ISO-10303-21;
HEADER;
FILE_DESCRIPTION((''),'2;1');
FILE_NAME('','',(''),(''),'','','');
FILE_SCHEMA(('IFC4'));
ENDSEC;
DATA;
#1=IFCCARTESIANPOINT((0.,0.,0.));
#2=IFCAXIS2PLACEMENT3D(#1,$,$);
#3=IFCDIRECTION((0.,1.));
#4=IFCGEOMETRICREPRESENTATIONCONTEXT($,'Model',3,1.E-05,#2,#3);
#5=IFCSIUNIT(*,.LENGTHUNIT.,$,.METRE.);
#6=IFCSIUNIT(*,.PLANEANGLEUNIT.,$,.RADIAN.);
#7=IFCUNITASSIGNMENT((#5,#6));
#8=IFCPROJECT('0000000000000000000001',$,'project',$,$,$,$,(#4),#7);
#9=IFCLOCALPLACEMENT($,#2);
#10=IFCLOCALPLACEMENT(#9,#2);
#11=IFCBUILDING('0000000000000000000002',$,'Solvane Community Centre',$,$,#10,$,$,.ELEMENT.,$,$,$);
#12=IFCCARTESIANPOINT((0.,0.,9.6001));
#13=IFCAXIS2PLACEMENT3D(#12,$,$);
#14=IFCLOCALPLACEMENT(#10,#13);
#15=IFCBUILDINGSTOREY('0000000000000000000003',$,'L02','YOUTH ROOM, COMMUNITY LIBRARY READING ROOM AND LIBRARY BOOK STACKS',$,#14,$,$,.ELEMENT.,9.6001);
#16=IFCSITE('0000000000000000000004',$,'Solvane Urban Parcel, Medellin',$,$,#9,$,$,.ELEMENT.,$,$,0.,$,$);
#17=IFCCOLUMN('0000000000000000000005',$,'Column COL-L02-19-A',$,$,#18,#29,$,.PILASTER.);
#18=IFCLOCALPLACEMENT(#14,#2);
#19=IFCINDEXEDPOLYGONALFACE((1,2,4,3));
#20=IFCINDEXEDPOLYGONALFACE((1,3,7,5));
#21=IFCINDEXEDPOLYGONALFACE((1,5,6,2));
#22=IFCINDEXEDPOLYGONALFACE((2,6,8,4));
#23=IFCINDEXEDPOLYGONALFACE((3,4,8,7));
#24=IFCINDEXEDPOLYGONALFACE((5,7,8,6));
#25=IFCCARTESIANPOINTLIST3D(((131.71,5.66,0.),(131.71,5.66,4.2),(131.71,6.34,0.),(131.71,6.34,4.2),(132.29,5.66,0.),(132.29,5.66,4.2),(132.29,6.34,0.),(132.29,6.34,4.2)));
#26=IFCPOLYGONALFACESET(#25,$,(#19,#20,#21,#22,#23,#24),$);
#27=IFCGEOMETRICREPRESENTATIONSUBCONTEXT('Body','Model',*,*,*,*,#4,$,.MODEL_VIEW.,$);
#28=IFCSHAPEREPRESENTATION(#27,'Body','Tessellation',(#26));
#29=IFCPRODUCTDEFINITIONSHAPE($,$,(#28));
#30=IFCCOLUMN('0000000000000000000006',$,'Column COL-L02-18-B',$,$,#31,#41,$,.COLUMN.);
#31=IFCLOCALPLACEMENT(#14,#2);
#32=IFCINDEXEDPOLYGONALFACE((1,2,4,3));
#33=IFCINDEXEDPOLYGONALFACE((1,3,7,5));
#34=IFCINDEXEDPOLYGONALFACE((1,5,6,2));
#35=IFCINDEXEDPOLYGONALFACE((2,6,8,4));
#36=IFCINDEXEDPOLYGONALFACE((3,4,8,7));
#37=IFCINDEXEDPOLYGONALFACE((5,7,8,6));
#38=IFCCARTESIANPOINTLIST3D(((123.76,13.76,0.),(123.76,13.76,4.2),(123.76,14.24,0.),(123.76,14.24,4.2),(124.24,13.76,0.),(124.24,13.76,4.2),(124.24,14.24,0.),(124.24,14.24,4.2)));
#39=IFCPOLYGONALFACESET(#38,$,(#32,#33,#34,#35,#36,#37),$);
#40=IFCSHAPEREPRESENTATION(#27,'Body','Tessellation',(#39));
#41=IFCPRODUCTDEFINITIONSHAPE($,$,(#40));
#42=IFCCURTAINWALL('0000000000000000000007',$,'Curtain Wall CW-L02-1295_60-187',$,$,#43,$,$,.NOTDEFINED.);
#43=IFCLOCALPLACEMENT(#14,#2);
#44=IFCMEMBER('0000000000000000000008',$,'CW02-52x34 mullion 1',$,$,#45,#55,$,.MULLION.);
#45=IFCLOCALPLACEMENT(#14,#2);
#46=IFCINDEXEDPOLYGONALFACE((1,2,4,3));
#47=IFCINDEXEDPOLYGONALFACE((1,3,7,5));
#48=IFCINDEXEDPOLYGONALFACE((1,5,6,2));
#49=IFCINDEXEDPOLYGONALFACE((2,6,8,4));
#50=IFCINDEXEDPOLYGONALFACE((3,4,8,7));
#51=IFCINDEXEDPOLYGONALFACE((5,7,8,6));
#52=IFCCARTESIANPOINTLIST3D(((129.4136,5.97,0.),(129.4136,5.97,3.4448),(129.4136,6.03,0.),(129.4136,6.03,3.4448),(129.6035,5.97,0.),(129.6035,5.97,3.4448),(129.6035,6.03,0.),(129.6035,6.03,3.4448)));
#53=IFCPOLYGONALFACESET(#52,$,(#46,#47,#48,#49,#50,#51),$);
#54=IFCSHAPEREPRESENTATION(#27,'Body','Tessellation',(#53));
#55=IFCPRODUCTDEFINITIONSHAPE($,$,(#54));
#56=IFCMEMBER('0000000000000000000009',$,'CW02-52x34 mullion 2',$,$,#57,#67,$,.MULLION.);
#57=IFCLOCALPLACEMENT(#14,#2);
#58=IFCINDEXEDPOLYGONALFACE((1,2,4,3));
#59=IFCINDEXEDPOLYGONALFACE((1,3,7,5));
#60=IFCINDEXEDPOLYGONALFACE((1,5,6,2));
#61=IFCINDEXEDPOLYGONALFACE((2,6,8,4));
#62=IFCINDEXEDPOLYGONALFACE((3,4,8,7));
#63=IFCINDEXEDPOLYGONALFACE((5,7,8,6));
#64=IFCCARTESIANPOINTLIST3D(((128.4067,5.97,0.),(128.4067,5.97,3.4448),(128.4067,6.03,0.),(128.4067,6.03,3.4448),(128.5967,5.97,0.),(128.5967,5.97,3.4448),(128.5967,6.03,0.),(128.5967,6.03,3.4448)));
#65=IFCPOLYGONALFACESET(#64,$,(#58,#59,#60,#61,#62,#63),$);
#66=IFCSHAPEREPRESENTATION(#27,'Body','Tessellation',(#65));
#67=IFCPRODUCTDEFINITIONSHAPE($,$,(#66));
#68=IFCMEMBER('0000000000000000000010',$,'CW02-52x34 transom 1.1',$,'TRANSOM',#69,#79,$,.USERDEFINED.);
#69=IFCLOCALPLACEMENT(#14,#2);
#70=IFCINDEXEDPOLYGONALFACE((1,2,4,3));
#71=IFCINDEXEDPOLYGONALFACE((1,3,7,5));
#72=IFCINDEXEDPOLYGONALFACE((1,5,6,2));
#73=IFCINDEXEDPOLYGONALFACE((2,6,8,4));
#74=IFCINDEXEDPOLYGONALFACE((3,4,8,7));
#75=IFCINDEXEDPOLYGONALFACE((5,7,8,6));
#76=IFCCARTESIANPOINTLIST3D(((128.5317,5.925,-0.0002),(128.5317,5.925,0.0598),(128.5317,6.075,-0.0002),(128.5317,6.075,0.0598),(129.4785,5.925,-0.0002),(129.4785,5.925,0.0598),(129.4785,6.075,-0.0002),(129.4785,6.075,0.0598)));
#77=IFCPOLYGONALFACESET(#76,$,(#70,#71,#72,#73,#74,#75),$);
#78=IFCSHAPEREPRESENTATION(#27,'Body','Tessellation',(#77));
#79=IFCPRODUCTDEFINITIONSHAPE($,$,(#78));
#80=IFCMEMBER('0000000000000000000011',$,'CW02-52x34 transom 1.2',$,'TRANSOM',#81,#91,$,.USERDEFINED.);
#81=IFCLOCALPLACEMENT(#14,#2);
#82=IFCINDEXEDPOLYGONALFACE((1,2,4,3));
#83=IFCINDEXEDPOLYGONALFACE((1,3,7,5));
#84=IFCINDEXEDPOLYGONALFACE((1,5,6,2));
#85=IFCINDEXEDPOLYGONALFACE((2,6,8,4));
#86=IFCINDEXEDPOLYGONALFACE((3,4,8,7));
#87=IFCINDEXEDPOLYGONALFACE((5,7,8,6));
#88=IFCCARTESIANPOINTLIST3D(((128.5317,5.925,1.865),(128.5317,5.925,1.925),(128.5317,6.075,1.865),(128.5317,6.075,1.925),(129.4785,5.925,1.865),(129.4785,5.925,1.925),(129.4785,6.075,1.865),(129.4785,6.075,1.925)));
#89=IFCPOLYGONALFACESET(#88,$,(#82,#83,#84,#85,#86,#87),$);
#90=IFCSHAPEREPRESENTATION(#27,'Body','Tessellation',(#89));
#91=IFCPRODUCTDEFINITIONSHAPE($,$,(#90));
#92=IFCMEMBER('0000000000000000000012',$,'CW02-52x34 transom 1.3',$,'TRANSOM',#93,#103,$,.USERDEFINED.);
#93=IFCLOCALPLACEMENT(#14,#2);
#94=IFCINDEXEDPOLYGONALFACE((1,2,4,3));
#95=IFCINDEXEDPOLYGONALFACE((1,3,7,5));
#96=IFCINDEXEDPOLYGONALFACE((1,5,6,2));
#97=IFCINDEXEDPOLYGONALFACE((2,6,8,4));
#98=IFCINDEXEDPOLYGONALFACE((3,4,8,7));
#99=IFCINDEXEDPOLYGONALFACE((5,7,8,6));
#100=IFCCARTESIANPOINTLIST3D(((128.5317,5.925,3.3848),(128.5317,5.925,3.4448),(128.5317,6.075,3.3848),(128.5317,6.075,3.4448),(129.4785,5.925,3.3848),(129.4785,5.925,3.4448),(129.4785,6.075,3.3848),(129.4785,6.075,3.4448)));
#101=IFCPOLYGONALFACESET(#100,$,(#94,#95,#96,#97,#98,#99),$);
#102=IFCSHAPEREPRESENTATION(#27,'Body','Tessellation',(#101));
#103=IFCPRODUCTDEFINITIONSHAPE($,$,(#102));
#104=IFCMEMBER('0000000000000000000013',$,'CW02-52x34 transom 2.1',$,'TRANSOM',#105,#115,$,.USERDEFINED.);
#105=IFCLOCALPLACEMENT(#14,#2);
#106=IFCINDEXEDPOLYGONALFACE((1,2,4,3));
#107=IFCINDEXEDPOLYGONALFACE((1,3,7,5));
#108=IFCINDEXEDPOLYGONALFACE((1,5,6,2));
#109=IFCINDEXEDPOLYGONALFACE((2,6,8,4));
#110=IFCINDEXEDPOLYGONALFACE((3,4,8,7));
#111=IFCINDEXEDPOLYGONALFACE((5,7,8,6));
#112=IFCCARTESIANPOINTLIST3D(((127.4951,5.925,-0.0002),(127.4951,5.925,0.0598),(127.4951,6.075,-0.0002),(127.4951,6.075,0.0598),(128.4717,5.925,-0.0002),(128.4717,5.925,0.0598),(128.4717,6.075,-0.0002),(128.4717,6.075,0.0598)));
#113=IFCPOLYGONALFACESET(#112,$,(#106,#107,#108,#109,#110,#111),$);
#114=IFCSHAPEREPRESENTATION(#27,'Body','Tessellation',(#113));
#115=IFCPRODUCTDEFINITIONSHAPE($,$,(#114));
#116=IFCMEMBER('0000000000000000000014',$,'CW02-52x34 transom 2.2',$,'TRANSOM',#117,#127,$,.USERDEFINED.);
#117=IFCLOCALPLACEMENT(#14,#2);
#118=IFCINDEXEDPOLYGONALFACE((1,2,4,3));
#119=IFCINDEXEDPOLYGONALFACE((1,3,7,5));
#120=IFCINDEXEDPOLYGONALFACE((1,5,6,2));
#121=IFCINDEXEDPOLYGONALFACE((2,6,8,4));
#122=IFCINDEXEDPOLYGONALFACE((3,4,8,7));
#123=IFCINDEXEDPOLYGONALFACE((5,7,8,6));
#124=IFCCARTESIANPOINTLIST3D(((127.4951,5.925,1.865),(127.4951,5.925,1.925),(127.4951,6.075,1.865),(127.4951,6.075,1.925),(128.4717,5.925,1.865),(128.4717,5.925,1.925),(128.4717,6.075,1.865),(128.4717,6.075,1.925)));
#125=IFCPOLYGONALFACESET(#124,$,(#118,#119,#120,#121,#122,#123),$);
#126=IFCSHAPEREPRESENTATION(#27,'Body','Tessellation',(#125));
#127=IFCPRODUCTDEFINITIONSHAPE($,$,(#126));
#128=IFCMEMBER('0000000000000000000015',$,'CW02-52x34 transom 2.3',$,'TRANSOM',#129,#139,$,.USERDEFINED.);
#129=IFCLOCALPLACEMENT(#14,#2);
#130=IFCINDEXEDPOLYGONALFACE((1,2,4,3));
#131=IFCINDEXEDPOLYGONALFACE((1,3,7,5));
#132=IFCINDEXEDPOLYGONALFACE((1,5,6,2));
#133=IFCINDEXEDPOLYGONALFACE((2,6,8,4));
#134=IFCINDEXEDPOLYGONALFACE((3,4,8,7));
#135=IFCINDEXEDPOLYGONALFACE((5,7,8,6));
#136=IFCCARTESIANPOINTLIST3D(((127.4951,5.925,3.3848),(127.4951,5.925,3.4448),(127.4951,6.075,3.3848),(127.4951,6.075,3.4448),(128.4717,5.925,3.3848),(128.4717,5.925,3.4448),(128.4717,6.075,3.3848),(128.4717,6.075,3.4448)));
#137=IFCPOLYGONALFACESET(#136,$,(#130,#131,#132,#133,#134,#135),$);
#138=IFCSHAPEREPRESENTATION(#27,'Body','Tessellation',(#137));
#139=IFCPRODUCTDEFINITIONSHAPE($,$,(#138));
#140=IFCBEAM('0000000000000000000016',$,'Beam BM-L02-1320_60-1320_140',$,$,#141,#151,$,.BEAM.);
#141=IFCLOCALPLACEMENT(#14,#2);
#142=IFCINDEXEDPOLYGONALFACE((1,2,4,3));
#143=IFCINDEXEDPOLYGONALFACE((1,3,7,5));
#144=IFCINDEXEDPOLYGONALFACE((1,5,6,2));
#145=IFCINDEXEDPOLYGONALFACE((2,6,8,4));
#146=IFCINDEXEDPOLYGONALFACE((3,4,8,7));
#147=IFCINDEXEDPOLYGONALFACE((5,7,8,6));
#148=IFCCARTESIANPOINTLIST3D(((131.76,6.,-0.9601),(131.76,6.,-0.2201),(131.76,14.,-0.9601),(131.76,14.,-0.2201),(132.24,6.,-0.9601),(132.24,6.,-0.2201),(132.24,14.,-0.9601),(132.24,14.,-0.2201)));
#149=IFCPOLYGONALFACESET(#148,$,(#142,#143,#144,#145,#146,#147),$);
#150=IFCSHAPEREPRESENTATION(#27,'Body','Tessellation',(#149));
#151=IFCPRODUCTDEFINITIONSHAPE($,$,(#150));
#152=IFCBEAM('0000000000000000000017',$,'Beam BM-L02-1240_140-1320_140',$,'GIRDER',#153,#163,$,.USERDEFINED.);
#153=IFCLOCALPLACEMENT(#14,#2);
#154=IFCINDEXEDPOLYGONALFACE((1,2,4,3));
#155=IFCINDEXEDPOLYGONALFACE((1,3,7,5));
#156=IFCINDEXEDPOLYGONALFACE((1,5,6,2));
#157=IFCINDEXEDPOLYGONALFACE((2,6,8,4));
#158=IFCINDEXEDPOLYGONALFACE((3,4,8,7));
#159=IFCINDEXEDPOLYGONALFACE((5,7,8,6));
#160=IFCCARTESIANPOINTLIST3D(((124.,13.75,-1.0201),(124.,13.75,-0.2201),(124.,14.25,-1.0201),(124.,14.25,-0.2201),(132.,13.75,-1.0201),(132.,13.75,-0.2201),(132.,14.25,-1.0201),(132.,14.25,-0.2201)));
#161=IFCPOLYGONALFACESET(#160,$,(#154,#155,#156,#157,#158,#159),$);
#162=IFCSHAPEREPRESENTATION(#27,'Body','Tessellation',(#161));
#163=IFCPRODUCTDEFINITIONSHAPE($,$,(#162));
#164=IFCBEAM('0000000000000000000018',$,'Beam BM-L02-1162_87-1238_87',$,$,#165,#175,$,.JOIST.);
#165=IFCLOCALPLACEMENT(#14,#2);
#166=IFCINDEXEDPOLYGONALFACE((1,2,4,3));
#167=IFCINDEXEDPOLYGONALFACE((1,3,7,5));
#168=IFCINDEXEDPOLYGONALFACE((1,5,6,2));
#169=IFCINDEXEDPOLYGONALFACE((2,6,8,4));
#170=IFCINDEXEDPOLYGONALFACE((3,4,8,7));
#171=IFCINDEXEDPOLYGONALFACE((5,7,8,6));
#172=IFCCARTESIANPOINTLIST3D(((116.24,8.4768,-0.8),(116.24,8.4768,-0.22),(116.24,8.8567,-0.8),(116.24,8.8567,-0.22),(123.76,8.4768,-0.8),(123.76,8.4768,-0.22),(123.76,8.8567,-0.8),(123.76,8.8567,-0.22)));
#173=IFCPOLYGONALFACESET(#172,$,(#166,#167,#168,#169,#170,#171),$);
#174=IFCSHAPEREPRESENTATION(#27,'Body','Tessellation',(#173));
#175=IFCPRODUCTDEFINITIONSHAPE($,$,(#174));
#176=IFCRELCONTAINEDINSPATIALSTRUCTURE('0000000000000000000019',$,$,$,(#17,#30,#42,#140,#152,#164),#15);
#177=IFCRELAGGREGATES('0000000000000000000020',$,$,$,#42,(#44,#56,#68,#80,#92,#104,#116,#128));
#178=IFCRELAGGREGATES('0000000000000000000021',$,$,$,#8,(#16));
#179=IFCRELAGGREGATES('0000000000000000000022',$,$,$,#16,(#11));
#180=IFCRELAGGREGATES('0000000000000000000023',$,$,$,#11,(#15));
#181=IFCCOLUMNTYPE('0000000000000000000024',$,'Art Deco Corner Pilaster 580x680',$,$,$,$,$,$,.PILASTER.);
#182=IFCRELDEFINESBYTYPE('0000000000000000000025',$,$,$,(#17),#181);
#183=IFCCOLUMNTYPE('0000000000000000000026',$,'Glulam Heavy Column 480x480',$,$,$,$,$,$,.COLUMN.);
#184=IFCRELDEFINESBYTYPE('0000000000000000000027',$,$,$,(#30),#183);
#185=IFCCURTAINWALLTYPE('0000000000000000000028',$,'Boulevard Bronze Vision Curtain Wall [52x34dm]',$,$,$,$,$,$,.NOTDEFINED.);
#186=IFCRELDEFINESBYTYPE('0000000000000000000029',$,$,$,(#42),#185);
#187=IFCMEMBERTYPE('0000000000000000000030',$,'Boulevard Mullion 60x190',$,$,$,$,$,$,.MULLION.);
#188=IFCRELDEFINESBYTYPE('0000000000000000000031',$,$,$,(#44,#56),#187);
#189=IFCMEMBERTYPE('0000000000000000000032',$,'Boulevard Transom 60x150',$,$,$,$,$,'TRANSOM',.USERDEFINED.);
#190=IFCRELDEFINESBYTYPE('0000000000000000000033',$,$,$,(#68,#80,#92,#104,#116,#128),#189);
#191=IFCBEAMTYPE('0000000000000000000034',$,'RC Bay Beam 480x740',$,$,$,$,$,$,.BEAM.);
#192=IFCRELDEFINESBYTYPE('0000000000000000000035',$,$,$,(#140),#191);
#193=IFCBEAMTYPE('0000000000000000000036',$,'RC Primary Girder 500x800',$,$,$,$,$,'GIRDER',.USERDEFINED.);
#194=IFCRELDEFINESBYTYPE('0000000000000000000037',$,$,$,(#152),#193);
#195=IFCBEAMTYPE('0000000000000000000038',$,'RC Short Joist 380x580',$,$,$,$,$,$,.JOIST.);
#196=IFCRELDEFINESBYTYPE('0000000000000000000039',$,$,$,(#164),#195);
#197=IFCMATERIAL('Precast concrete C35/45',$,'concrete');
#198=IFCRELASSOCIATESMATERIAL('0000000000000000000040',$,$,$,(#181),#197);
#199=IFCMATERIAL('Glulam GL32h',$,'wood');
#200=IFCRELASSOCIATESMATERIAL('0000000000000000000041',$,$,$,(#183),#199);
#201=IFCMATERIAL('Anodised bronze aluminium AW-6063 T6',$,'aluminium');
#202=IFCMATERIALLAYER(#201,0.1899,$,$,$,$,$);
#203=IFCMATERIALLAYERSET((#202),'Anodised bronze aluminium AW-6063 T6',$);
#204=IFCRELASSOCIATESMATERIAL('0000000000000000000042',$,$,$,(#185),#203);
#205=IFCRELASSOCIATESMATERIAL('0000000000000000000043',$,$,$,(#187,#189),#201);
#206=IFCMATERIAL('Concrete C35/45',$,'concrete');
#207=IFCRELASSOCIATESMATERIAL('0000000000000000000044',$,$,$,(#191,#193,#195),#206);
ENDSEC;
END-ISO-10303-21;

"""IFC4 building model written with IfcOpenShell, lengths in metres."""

from ifc_helpers import new_model, si_unit, direction, frame, origin, origin_2d, place, context, subcontext, project, spatial, rectangle, extrude, material, layer, layer_set, material_profile, profile_set, type_object, element, aggregate, save


model = new_model("IFC4")

# Units and contexts
model_context = context("Model", 3, precision=1e-05, world=origin(), true_north=direction((0.0, 1.0)))
body_context = subcontext(model_context, "Body", "Model", "MODEL_VIEW")
ifc_project = project(units=[si_unit("LENGTHUNIT", "METRE"), si_unit("PLANEANGLEUNIT", "RADIAN")], contexts=[model_context])

# Site, building, storey
site_placement = place(None, origin())
site = spatial("IfcSite", under=ifc_project, at=site_placement, Name="Solvane Urban Parcel, Medellin", CompositionType="ELEMENT", RefElevation=0.0)
building_placement = place(site_placement, origin())
building = spatial("IfcBuilding", under=site, at=building_placement, Name="Solvane Community Centre", CompositionType="ELEMENT")
storey_placement = place(building_placement, frame((0.0, 0.0, 9.6001)))
storey = spatial("IfcBuildingStorey", under=building, at=storey_placement, Name="L02", Description="YOUTH ROOM, COMMUNITY LIBRARY READING ROOM AND LIBRARY BOOK STACKS", CompositionType="ELEMENT", Elevation=9.6001)

# Columns
ifc_material_1 = material(Name="Precast concrete C35/45", Category="concrete")
ifc_material_profile_1 = material_profile(ifc_material_1, rectangle(XDim=0.5801, YDim=0.6799, at=origin_2d()), Name="RC 580x680")
ifc_profile_set_1 = profile_set([ifc_material_profile_1], Name="Precast concrete C35/45")
column_type_1 = type_object("IfcColumnType", Name="Art Deco Corner Pilaster 580x680", PredefinedType="PILASTER", material=ifc_profile_set_1)
column_1_placement = place(storey_placement, frame((132.0, 6.0, 0.0), z_axis=(0.0, 0.0, 1.0), x_axis=(1.0, 0.0, 0.0)))
element("IfcColumn", 1, at=column_1_placement, inside=storey, type_object=column_type_1, Name="Column COL-L02-19-A", PredefinedType="PILASTER", context=body_context, shape_type="SweptSolid", body=[
    extrude(rectangle(XDim=0.5801, YDim=0.6799, at=origin_2d()), origin(), (0.0, 0.0, 1.0), 4.2),
])
ifc_material_2 = material(Name="Glulam GL32h", Category="wood")
ifc_material_profile_2 = material_profile(ifc_material_2, rectangle(XDim=0.48, YDim=0.48, at=origin_2d()), Name="GL32h 480x480")
ifc_profile_set_2 = profile_set([ifc_material_profile_2], Name="Glulam GL32h")
column_type_2 = type_object("IfcColumnType", Name="Glulam Heavy Column 480x480", PredefinedType="COLUMN", material=ifc_profile_set_2)
column_2_placement = place(storey_placement, frame((124.0, 14.0, 0.0), z_axis=(0.0, 0.0, 1.0), x_axis=(1.0, 0.0, 0.0)))
element("IfcColumn", 2, at=column_2_placement, inside=storey, type_object=column_type_2, Name="Column COL-L02-18-B", PredefinedType="COLUMN", context=body_context, shape_type="SweptSolid", body=[
    extrude(rectangle(XDim=0.48, YDim=0.48, at=origin_2d()), origin(), (0.0, 0.0, 1.0), 4.2),
])

# Curtain wall, members
ifc_material_3 = material(Name="Anodised bronze aluminium AW-6063 T6", Category="aluminium")
ifc_layer_1 = layer(ifc_material_3, 0.1899)
ifc_layer_set_1 = layer_set([ifc_layer_1], Name="Anodised bronze aluminium AW-6063 T6")
curtain_wall_type = type_object("IfcCurtainWallType", Name="Boulevard Bronze Vision Curtain Wall [52x34dm]", PredefinedType="NOTDEFINED", material=ifc_layer_set_1)
curtain_wall_placement = place(storey_placement, origin())
curtain_wall = element("IfcCurtainWall", 3, at=curtain_wall_placement, inside=storey, type_object=curtain_wall_type, Name="Curtain Wall CW-L02-1295_60-187", PredefinedType="NOTDEFINED")
ifc_material_profile_3 = material_profile(ifc_material_3, rectangle(XDim=0.0601, YDim=0.1899, at=origin_2d()), Name="CW-M 60x190")
ifc_profile_set_3 = profile_set([ifc_material_profile_3], Name="Anodised bronze aluminium AW-6063 T6")
member_type_1 = type_object("IfcMemberType", Name="Boulevard Mullion 60x190", PredefinedType="MULLION", material=ifc_profile_set_3)
member_1_placement = place(storey_placement, frame((129.5085, 6.0, 0.0), z_axis=(0.0, 0.0, 1.0), x_axis=(0.0, -1.0, 0.0)))
member_1 = element("IfcMember", 4, at=member_1_placement, type_object=member_type_1, Name="CW02-52x34 mullion 1", PredefinedType="MULLION", context=body_context, shape_type="SweptSolid", body=[
    extrude(rectangle(XDim=0.0601, YDim=0.1899, at=origin_2d()), origin(), (0.0, 0.0, 1.0), 3.4448),
])
member_2_placement = place(storey_placement, frame((128.5017, 6.0, 0.0), z_axis=(0.0, 0.0, 1.0), x_axis=(0.0, -1.0, 0.0)))
member_2 = element("IfcMember", 5, at=member_2_placement, type_object=member_type_1, Name="CW02-52x34 mullion 2", PredefinedType="MULLION", context=body_context, shape_type="SweptSolid", body=[
    extrude(rectangle(XDim=0.0601, YDim=0.1899, at=origin_2d()), origin(), (0.0, 0.0, 1.0), 3.4448),
])
ifc_material_profile_4 = material_profile(ifc_material_3, rectangle(XDim=0.1499, YDim=0.0601, at=origin_2d()), Name="CW-T 60x150")
ifc_profile_set_4 = profile_set([ifc_material_profile_4], Name="Anodised bronze aluminium AW-6063 T6")
member_type_2 = type_object("IfcMemberType", Name="Boulevard Transom 60x150", ElementType="TRANSOM", PredefinedType="USERDEFINED", material=ifc_profile_set_4)
member_3_placement = place(storey_placement, frame((129.4785, 6.0, 0.0298), z_axis=(-1.0, 0.0, 0.0), x_axis=(0.0, -1.0, 0.0)))
member_3 = element("IfcMember", 6, at=member_3_placement, type_object=member_type_2, Name="CW02-52x34 transom 1.1", ObjectType="TRANSOM", PredefinedType="USERDEFINED", context=body_context, shape_type="SweptSolid", body=[
    extrude(rectangle(XDim=0.1499, YDim=0.0601, at=origin_2d()), origin(), (0.0, 0.0, 1.0), 0.9468),
])
member_4_placement = place(storey_placement, frame((129.4785, 6.0, 1.895), z_axis=(-1.0, 0.0, 0.0), x_axis=(0.0, -1.0, 0.0)))
member_4 = element("IfcMember", 7, at=member_4_placement, type_object=member_type_2, Name="CW02-52x34 transom 1.2", ObjectType="TRANSOM", PredefinedType="USERDEFINED", context=body_context, shape_type="SweptSolid", body=[
    extrude(rectangle(XDim=0.1499, YDim=0.0601, at=origin_2d()), origin(), (0.0, 0.0, 1.0), 0.9468),
])
member_5_placement = place(storey_placement, frame((129.4785, 6.0, 3.4148), z_axis=(-1.0, 0.0, 0.0), x_axis=(0.0, -1.0, 0.0)))
member_5 = element("IfcMember", 8, at=member_5_placement, type_object=member_type_2, Name="CW02-52x34 transom 1.3", ObjectType="TRANSOM", PredefinedType="USERDEFINED", context=body_context, shape_type="SweptSolid", body=[
    extrude(rectangle(XDim=0.1499, YDim=0.0601, at=origin_2d()), origin(), (0.0, 0.0, 1.0), 0.9468),
])
member_6_placement = place(storey_placement, frame((128.4717, 6.0, 0.0298), z_axis=(-1.0, 0.0, 0.0), x_axis=(0.0, -1.0, 0.0)))
member_6 = element("IfcMember", 9, at=member_6_placement, type_object=member_type_2, Name="CW02-52x34 transom 2.1", ObjectType="TRANSOM", PredefinedType="USERDEFINED", context=body_context, shape_type="SweptSolid", body=[
    extrude(rectangle(XDim=0.1499, YDim=0.0601, at=origin_2d()), origin(), (0.0, 0.0, 1.0), 0.9766),
])
member_7_placement = place(storey_placement, frame((128.4717, 6.0, 1.895), z_axis=(-1.0, 0.0, 0.0), x_axis=(0.0, -1.0, 0.0)))
member_7 = element("IfcMember", 10, at=member_7_placement, type_object=member_type_2, Name="CW02-52x34 transom 2.2", ObjectType="TRANSOM", PredefinedType="USERDEFINED", context=body_context, shape_type="SweptSolid", body=[
    extrude(rectangle(XDim=0.1499, YDim=0.0601, at=origin_2d()), origin(), (0.0, 0.0, 1.0), 0.9766),
])
member_8_placement = place(storey_placement, frame((128.4717, 6.0, 3.4148), z_axis=(-1.0, 0.0, 0.0), x_axis=(0.0, -1.0, 0.0)))
member_8 = element("IfcMember", 11, at=member_8_placement, type_object=member_type_2, Name="CW02-52x34 transom 2.3", ObjectType="TRANSOM", PredefinedType="USERDEFINED", context=body_context, shape_type="SweptSolid", body=[
    extrude(rectangle(XDim=0.1499, YDim=0.0601, at=origin_2d()), origin(), (0.0, 0.0, 1.0), 0.9766),
])

# Beams
ifc_material_4 = material(Name="Concrete C35/45", Category="concrete")
ifc_material_profile_5 = material_profile(ifc_material_4, rectangle(XDim=0.48, YDim=0.74, at=origin_2d()), Name="RC 480x740")
ifc_profile_set_5 = profile_set([ifc_material_profile_5], Name="Concrete C35/45")
beam_type_1 = type_object("IfcBeamType", Name="RC Bay Beam 480x740", PredefinedType="BEAM", material=ifc_profile_set_5)
beam_1_placement = place(storey_placement, frame((132.0, 6.0, -0.5901), z_axis=(0.0, 1.0, 0.0), x_axis=(-1.0, 0.0, 0.0)))
element("IfcBeam", 12, at=beam_1_placement, inside=storey, type_object=beam_type_1, Name="Beam BM-L02-1320_60-1320_140", PredefinedType="BEAM", context=body_context, shape_type="SweptSolid", body=[
    extrude(rectangle(XDim=0.48, YDim=0.74, at=origin_2d()), origin(), (0.0, 0.0, 1.0), 8.0),
])
ifc_material_profile_6 = material_profile(ifc_material_4, rectangle(XDim=0.5, YDim=0.8, at=origin_2d()), Name="RC 500x800")
ifc_profile_set_6 = profile_set([ifc_material_profile_6], Name="Concrete C35/45")
beam_type_2 = type_object("IfcBeamType", Name="RC Primary Girder 500x800", ElementType="GIRDER", PredefinedType="USERDEFINED", material=ifc_profile_set_6)
beam_2_placement = place(storey_placement, frame((124.0, 14.0, -0.6201), z_axis=(1.0, 0.0, 0.0), x_axis=(0.0, 1.0, 0.0)))
element("IfcBeam", 13, at=beam_2_placement, inside=storey, type_object=beam_type_2, Name="Beam BM-L02-1240_140-1320_140", ObjectType="GIRDER", PredefinedType="USERDEFINED", context=body_context, shape_type="SweptSolid", body=[
    extrude(rectangle(XDim=0.5, YDim=0.8, at=origin_2d()), origin(), (0.0, 0.0, 1.0), 8.0),
])
ifc_material_profile_7 = material_profile(ifc_material_4, rectangle(XDim=0.3799, YDim=0.5801, at=origin_2d()), Name="RC 380x580")
ifc_profile_set_7 = profile_set([ifc_material_profile_7], Name="Concrete C35/45")
beam_type_3 = type_object("IfcBeamType", Name="RC Short Joist 380x580", PredefinedType="JOIST", material=ifc_profile_set_7)
for number, where, z_axis, x_axis, name in (
    (14, (116.24, 8.6667, -0.51), (1.0, 0.0, 0.0), (0.0, 1.0, 0.0), "Beam BM-L02-1162_87-1238_87"),
):
    element("IfcBeam", number, at=place(storey_placement, frame(where, z_axis=z_axis, x_axis=x_axis)), inside=storey, type_object=beam_type_3, Name=name, PredefinedType="JOIST", context=body_context, shape_type="SweptSolid", body=[
        extrude(rectangle(XDim=0.3799, YDim=0.5801, at=origin_2d()), origin(), (0.0, 0.0, 1.0), 7.52),
    ])

aggregate(curtain_wall, [member_1, member_2, member_3, member_4, member_5, member_6, member_7, member_8])

save(model, "model.ifc")
